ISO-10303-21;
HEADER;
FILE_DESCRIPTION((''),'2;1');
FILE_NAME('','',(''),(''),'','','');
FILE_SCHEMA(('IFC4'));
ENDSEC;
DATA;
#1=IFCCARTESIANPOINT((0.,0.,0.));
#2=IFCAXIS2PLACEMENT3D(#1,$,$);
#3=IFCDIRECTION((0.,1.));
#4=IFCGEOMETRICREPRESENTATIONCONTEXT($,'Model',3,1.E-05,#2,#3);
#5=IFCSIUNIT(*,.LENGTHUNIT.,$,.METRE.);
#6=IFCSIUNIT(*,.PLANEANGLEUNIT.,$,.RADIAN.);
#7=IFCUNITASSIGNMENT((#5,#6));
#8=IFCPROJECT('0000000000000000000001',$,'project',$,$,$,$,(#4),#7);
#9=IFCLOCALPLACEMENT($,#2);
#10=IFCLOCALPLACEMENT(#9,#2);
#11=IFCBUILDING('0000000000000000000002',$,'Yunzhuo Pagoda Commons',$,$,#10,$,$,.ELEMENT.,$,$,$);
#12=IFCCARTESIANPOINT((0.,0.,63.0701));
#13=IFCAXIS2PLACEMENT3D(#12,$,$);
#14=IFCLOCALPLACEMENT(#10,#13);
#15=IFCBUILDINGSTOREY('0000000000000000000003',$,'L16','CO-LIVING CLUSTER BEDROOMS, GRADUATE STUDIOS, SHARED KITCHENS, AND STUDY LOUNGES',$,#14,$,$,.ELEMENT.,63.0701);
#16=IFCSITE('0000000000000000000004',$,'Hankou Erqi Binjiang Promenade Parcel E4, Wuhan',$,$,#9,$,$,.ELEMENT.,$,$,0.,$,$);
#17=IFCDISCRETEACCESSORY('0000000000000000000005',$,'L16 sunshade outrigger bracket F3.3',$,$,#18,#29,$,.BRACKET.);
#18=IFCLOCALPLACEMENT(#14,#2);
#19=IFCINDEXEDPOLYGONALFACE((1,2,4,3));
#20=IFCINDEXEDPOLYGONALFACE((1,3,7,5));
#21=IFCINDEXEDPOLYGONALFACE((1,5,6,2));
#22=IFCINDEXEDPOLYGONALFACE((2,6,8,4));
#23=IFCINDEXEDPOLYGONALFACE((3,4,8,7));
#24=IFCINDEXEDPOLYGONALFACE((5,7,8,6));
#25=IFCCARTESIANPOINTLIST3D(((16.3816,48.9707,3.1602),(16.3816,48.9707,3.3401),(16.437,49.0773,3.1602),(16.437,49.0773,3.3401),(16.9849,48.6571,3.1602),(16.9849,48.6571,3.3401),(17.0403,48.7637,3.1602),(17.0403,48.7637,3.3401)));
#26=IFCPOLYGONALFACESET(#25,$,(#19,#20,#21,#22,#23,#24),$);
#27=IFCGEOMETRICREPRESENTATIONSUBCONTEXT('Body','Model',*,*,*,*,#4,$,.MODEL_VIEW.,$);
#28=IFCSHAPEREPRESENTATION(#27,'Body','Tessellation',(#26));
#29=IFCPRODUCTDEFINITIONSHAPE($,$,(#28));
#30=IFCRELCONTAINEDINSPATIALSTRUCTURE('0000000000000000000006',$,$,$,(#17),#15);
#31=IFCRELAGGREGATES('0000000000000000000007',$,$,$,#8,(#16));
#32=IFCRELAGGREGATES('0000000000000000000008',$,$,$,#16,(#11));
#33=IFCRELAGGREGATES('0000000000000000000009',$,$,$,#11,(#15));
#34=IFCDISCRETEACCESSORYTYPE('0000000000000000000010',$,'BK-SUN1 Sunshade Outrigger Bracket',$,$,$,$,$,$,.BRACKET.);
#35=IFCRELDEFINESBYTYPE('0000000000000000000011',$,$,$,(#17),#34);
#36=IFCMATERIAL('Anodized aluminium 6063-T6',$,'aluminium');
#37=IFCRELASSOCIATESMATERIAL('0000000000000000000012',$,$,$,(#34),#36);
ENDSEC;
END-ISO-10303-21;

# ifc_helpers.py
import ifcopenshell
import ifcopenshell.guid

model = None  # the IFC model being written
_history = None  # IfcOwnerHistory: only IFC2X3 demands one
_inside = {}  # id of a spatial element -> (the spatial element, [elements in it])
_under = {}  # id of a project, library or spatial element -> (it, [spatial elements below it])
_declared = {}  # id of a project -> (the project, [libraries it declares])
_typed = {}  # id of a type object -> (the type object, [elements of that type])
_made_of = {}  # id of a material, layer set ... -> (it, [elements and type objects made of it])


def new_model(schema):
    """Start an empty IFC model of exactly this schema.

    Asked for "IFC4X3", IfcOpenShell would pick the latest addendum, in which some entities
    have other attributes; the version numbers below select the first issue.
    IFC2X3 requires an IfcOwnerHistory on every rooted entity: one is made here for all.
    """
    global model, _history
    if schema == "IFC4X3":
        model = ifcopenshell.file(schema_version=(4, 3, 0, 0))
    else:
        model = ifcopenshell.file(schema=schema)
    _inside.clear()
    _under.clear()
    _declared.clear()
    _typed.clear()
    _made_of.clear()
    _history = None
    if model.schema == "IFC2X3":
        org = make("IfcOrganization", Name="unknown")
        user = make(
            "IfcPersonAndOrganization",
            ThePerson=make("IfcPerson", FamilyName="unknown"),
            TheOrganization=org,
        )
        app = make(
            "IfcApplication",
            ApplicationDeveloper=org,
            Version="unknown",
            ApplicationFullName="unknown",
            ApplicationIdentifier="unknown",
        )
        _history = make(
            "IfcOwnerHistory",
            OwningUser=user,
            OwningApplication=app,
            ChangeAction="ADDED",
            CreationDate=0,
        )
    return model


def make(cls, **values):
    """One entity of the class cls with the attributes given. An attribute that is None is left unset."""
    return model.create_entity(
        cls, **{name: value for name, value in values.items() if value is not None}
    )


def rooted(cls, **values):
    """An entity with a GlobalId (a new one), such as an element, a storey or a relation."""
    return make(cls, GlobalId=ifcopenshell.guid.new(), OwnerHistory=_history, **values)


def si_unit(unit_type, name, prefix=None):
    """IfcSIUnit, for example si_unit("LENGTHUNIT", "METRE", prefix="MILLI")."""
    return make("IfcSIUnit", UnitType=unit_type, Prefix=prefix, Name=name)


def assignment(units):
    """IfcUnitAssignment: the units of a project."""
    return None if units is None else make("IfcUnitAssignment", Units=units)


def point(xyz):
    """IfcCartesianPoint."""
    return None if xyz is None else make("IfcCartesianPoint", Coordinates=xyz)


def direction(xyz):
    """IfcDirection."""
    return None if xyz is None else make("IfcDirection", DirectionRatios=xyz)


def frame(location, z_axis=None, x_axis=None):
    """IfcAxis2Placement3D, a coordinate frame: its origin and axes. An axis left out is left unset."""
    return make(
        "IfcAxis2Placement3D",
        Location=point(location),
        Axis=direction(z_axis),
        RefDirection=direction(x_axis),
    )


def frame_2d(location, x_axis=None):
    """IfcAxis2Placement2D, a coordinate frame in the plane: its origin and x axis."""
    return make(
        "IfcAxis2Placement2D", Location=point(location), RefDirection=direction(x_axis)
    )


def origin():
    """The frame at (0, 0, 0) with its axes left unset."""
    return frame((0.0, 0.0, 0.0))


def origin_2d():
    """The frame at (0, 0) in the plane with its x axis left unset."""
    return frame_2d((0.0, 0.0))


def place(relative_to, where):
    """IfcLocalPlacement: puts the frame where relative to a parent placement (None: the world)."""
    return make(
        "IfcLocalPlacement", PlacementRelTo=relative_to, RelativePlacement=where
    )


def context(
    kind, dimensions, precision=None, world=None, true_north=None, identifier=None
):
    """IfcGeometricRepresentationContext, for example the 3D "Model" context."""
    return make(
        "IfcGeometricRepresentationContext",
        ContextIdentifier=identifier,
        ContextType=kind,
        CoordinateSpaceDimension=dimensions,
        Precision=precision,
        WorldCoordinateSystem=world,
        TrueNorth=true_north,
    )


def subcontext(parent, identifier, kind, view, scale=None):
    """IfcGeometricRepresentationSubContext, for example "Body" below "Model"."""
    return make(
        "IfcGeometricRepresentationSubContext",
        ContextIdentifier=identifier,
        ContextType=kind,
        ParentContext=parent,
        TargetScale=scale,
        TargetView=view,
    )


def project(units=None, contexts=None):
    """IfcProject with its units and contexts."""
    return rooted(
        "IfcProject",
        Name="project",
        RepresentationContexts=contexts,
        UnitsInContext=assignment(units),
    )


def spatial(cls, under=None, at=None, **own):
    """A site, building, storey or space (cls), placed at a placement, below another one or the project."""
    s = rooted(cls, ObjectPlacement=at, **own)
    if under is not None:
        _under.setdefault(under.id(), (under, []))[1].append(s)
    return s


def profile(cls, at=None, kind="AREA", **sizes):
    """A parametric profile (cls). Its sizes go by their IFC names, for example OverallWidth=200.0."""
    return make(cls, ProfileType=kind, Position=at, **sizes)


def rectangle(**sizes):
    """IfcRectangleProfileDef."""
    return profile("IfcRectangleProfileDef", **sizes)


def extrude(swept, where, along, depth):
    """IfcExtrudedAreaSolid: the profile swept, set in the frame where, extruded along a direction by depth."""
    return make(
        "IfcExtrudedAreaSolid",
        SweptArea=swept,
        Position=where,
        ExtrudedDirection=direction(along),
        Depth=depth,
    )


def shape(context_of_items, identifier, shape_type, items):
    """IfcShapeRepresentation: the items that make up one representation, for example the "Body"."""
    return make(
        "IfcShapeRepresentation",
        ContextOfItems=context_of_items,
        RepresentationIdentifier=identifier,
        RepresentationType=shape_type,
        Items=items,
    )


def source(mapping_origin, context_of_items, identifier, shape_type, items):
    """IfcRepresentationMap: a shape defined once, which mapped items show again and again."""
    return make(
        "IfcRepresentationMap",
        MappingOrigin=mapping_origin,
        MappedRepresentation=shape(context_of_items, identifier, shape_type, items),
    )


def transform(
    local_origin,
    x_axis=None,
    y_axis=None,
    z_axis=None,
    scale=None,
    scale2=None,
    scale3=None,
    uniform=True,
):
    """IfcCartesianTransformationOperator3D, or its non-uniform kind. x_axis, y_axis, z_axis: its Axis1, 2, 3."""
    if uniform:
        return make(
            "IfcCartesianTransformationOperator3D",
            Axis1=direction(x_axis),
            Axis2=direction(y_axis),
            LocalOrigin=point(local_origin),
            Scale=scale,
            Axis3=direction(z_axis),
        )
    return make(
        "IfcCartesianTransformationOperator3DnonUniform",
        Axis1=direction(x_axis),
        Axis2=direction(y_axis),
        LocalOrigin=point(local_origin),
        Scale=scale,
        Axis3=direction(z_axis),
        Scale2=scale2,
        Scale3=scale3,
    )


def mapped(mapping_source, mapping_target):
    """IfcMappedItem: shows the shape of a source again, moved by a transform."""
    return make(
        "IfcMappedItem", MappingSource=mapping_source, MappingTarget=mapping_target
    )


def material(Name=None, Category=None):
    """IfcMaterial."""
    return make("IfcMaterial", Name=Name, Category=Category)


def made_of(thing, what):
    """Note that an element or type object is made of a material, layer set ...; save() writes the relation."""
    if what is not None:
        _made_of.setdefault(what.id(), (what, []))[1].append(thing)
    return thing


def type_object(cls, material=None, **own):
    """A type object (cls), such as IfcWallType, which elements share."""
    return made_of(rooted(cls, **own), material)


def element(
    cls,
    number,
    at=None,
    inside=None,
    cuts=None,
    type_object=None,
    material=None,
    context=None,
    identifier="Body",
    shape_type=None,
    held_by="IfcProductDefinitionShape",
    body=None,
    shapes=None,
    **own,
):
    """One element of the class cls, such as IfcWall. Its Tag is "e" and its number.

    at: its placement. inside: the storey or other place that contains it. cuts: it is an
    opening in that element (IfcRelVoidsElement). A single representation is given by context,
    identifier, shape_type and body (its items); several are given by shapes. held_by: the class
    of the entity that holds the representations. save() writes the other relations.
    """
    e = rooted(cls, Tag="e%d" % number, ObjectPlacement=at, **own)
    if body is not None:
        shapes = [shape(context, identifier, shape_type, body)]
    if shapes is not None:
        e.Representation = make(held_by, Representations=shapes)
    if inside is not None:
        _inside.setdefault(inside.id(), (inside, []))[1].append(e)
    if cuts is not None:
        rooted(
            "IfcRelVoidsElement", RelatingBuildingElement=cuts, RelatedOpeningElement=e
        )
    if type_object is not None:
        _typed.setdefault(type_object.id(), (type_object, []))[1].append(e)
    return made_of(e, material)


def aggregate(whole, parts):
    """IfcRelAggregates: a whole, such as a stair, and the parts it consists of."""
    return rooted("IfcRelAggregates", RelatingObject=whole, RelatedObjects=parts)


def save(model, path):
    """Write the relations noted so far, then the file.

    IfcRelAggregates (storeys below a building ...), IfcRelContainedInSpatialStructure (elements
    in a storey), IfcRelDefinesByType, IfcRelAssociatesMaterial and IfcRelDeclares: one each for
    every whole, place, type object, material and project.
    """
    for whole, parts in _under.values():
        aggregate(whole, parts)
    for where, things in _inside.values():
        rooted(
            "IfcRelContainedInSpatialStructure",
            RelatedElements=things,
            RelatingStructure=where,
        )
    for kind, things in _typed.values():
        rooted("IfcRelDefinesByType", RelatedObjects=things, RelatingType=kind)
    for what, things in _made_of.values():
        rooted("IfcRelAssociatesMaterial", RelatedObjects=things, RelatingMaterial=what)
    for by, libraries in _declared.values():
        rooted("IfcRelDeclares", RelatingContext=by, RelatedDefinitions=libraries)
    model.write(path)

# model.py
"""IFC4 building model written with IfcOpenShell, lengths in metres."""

from ifc_helpers import new_model, si_unit, direction, frame, origin, origin_2d, place, context, subcontext, project, spatial, rectangle, extrude, source, transform, mapped, material, type_object, element, save


model = new_model("IFC4")

# Units and contexts
model_context = context("Model", 3, precision=1e-05, world=origin(), true_north=direction((0.0, 1.0)))
body_context = subcontext(model_context, "Body", "Model", "MODEL_VIEW")
ifc_project = project(units=[si_unit("LENGTHUNIT", "METRE"), si_unit("PLANEANGLEUNIT", "RADIAN")], contexts=[model_context])

# Site, building, storey
site_placement = place(None, origin())
site = spatial("IfcSite", under=ifc_project, at=site_placement, Name="Hankou Erqi Binjiang Promenade Parcel E4, Wuhan", CompositionType="ELEMENT", RefElevation=0.0)
building_placement = place(site_placement, origin())
building = spatial("IfcBuilding", under=site, at=building_placement, Name="Yunzhuo Pagoda Commons", CompositionType="ELEMENT")
storey_placement = place(building_placement, frame((0.0, 0.0, 63.0701)))
storey = spatial("IfcBuildingStorey", under=building, at=storey_placement, Name="L16", Description="CO-LIVING CLUSTER BEDROOMS, GRADUATE STUDIOS, SHARED KITCHENS, AND STUDY LOUNGES", CompositionType="ELEMENT", Elevation=63.0701)

# Shared definitions
ifc_material_1 = material(Name="Anodized aluminium 6063-T6", Category="aluminium")

# Discrete accessory
discrete_accessory_type = type_object("IfcDiscreteAccessoryType", Name="BK-SUN1 Sunshade Outrigger Bracket", PredefinedType="BRACKET", material=ifc_material_1)
shared_shape_1 = source(origin(), body_context, "Body", "SweptSolid", [
    extrude(rectangle(XDim=0.1201, YDim=0.6799, at=origin_2d()), origin(), (0.0, 0.0, 1.0), 0.1799),
])
discrete_accessory_placement = place(storey_placement, frame((16.7109, 48.8672, 3.1602), z_axis=(0.0, 0.0, 1.0), x_axis=(-0.461207, -0.887293, 0.0)))
element("IfcDiscreteAccessory", 1, at=discrete_accessory_placement, inside=storey, type_object=discrete_accessory_type, Name="L16 sunshade outrigger bracket F3.3", PredefinedType="BRACKET", context=body_context, shape_type="MappedRepresentation", body=[
    mapped(shared_shape_1, transform((0.0, 0.0, 0.0), scale=1.0)),
])

save(model, "model.ifc")
